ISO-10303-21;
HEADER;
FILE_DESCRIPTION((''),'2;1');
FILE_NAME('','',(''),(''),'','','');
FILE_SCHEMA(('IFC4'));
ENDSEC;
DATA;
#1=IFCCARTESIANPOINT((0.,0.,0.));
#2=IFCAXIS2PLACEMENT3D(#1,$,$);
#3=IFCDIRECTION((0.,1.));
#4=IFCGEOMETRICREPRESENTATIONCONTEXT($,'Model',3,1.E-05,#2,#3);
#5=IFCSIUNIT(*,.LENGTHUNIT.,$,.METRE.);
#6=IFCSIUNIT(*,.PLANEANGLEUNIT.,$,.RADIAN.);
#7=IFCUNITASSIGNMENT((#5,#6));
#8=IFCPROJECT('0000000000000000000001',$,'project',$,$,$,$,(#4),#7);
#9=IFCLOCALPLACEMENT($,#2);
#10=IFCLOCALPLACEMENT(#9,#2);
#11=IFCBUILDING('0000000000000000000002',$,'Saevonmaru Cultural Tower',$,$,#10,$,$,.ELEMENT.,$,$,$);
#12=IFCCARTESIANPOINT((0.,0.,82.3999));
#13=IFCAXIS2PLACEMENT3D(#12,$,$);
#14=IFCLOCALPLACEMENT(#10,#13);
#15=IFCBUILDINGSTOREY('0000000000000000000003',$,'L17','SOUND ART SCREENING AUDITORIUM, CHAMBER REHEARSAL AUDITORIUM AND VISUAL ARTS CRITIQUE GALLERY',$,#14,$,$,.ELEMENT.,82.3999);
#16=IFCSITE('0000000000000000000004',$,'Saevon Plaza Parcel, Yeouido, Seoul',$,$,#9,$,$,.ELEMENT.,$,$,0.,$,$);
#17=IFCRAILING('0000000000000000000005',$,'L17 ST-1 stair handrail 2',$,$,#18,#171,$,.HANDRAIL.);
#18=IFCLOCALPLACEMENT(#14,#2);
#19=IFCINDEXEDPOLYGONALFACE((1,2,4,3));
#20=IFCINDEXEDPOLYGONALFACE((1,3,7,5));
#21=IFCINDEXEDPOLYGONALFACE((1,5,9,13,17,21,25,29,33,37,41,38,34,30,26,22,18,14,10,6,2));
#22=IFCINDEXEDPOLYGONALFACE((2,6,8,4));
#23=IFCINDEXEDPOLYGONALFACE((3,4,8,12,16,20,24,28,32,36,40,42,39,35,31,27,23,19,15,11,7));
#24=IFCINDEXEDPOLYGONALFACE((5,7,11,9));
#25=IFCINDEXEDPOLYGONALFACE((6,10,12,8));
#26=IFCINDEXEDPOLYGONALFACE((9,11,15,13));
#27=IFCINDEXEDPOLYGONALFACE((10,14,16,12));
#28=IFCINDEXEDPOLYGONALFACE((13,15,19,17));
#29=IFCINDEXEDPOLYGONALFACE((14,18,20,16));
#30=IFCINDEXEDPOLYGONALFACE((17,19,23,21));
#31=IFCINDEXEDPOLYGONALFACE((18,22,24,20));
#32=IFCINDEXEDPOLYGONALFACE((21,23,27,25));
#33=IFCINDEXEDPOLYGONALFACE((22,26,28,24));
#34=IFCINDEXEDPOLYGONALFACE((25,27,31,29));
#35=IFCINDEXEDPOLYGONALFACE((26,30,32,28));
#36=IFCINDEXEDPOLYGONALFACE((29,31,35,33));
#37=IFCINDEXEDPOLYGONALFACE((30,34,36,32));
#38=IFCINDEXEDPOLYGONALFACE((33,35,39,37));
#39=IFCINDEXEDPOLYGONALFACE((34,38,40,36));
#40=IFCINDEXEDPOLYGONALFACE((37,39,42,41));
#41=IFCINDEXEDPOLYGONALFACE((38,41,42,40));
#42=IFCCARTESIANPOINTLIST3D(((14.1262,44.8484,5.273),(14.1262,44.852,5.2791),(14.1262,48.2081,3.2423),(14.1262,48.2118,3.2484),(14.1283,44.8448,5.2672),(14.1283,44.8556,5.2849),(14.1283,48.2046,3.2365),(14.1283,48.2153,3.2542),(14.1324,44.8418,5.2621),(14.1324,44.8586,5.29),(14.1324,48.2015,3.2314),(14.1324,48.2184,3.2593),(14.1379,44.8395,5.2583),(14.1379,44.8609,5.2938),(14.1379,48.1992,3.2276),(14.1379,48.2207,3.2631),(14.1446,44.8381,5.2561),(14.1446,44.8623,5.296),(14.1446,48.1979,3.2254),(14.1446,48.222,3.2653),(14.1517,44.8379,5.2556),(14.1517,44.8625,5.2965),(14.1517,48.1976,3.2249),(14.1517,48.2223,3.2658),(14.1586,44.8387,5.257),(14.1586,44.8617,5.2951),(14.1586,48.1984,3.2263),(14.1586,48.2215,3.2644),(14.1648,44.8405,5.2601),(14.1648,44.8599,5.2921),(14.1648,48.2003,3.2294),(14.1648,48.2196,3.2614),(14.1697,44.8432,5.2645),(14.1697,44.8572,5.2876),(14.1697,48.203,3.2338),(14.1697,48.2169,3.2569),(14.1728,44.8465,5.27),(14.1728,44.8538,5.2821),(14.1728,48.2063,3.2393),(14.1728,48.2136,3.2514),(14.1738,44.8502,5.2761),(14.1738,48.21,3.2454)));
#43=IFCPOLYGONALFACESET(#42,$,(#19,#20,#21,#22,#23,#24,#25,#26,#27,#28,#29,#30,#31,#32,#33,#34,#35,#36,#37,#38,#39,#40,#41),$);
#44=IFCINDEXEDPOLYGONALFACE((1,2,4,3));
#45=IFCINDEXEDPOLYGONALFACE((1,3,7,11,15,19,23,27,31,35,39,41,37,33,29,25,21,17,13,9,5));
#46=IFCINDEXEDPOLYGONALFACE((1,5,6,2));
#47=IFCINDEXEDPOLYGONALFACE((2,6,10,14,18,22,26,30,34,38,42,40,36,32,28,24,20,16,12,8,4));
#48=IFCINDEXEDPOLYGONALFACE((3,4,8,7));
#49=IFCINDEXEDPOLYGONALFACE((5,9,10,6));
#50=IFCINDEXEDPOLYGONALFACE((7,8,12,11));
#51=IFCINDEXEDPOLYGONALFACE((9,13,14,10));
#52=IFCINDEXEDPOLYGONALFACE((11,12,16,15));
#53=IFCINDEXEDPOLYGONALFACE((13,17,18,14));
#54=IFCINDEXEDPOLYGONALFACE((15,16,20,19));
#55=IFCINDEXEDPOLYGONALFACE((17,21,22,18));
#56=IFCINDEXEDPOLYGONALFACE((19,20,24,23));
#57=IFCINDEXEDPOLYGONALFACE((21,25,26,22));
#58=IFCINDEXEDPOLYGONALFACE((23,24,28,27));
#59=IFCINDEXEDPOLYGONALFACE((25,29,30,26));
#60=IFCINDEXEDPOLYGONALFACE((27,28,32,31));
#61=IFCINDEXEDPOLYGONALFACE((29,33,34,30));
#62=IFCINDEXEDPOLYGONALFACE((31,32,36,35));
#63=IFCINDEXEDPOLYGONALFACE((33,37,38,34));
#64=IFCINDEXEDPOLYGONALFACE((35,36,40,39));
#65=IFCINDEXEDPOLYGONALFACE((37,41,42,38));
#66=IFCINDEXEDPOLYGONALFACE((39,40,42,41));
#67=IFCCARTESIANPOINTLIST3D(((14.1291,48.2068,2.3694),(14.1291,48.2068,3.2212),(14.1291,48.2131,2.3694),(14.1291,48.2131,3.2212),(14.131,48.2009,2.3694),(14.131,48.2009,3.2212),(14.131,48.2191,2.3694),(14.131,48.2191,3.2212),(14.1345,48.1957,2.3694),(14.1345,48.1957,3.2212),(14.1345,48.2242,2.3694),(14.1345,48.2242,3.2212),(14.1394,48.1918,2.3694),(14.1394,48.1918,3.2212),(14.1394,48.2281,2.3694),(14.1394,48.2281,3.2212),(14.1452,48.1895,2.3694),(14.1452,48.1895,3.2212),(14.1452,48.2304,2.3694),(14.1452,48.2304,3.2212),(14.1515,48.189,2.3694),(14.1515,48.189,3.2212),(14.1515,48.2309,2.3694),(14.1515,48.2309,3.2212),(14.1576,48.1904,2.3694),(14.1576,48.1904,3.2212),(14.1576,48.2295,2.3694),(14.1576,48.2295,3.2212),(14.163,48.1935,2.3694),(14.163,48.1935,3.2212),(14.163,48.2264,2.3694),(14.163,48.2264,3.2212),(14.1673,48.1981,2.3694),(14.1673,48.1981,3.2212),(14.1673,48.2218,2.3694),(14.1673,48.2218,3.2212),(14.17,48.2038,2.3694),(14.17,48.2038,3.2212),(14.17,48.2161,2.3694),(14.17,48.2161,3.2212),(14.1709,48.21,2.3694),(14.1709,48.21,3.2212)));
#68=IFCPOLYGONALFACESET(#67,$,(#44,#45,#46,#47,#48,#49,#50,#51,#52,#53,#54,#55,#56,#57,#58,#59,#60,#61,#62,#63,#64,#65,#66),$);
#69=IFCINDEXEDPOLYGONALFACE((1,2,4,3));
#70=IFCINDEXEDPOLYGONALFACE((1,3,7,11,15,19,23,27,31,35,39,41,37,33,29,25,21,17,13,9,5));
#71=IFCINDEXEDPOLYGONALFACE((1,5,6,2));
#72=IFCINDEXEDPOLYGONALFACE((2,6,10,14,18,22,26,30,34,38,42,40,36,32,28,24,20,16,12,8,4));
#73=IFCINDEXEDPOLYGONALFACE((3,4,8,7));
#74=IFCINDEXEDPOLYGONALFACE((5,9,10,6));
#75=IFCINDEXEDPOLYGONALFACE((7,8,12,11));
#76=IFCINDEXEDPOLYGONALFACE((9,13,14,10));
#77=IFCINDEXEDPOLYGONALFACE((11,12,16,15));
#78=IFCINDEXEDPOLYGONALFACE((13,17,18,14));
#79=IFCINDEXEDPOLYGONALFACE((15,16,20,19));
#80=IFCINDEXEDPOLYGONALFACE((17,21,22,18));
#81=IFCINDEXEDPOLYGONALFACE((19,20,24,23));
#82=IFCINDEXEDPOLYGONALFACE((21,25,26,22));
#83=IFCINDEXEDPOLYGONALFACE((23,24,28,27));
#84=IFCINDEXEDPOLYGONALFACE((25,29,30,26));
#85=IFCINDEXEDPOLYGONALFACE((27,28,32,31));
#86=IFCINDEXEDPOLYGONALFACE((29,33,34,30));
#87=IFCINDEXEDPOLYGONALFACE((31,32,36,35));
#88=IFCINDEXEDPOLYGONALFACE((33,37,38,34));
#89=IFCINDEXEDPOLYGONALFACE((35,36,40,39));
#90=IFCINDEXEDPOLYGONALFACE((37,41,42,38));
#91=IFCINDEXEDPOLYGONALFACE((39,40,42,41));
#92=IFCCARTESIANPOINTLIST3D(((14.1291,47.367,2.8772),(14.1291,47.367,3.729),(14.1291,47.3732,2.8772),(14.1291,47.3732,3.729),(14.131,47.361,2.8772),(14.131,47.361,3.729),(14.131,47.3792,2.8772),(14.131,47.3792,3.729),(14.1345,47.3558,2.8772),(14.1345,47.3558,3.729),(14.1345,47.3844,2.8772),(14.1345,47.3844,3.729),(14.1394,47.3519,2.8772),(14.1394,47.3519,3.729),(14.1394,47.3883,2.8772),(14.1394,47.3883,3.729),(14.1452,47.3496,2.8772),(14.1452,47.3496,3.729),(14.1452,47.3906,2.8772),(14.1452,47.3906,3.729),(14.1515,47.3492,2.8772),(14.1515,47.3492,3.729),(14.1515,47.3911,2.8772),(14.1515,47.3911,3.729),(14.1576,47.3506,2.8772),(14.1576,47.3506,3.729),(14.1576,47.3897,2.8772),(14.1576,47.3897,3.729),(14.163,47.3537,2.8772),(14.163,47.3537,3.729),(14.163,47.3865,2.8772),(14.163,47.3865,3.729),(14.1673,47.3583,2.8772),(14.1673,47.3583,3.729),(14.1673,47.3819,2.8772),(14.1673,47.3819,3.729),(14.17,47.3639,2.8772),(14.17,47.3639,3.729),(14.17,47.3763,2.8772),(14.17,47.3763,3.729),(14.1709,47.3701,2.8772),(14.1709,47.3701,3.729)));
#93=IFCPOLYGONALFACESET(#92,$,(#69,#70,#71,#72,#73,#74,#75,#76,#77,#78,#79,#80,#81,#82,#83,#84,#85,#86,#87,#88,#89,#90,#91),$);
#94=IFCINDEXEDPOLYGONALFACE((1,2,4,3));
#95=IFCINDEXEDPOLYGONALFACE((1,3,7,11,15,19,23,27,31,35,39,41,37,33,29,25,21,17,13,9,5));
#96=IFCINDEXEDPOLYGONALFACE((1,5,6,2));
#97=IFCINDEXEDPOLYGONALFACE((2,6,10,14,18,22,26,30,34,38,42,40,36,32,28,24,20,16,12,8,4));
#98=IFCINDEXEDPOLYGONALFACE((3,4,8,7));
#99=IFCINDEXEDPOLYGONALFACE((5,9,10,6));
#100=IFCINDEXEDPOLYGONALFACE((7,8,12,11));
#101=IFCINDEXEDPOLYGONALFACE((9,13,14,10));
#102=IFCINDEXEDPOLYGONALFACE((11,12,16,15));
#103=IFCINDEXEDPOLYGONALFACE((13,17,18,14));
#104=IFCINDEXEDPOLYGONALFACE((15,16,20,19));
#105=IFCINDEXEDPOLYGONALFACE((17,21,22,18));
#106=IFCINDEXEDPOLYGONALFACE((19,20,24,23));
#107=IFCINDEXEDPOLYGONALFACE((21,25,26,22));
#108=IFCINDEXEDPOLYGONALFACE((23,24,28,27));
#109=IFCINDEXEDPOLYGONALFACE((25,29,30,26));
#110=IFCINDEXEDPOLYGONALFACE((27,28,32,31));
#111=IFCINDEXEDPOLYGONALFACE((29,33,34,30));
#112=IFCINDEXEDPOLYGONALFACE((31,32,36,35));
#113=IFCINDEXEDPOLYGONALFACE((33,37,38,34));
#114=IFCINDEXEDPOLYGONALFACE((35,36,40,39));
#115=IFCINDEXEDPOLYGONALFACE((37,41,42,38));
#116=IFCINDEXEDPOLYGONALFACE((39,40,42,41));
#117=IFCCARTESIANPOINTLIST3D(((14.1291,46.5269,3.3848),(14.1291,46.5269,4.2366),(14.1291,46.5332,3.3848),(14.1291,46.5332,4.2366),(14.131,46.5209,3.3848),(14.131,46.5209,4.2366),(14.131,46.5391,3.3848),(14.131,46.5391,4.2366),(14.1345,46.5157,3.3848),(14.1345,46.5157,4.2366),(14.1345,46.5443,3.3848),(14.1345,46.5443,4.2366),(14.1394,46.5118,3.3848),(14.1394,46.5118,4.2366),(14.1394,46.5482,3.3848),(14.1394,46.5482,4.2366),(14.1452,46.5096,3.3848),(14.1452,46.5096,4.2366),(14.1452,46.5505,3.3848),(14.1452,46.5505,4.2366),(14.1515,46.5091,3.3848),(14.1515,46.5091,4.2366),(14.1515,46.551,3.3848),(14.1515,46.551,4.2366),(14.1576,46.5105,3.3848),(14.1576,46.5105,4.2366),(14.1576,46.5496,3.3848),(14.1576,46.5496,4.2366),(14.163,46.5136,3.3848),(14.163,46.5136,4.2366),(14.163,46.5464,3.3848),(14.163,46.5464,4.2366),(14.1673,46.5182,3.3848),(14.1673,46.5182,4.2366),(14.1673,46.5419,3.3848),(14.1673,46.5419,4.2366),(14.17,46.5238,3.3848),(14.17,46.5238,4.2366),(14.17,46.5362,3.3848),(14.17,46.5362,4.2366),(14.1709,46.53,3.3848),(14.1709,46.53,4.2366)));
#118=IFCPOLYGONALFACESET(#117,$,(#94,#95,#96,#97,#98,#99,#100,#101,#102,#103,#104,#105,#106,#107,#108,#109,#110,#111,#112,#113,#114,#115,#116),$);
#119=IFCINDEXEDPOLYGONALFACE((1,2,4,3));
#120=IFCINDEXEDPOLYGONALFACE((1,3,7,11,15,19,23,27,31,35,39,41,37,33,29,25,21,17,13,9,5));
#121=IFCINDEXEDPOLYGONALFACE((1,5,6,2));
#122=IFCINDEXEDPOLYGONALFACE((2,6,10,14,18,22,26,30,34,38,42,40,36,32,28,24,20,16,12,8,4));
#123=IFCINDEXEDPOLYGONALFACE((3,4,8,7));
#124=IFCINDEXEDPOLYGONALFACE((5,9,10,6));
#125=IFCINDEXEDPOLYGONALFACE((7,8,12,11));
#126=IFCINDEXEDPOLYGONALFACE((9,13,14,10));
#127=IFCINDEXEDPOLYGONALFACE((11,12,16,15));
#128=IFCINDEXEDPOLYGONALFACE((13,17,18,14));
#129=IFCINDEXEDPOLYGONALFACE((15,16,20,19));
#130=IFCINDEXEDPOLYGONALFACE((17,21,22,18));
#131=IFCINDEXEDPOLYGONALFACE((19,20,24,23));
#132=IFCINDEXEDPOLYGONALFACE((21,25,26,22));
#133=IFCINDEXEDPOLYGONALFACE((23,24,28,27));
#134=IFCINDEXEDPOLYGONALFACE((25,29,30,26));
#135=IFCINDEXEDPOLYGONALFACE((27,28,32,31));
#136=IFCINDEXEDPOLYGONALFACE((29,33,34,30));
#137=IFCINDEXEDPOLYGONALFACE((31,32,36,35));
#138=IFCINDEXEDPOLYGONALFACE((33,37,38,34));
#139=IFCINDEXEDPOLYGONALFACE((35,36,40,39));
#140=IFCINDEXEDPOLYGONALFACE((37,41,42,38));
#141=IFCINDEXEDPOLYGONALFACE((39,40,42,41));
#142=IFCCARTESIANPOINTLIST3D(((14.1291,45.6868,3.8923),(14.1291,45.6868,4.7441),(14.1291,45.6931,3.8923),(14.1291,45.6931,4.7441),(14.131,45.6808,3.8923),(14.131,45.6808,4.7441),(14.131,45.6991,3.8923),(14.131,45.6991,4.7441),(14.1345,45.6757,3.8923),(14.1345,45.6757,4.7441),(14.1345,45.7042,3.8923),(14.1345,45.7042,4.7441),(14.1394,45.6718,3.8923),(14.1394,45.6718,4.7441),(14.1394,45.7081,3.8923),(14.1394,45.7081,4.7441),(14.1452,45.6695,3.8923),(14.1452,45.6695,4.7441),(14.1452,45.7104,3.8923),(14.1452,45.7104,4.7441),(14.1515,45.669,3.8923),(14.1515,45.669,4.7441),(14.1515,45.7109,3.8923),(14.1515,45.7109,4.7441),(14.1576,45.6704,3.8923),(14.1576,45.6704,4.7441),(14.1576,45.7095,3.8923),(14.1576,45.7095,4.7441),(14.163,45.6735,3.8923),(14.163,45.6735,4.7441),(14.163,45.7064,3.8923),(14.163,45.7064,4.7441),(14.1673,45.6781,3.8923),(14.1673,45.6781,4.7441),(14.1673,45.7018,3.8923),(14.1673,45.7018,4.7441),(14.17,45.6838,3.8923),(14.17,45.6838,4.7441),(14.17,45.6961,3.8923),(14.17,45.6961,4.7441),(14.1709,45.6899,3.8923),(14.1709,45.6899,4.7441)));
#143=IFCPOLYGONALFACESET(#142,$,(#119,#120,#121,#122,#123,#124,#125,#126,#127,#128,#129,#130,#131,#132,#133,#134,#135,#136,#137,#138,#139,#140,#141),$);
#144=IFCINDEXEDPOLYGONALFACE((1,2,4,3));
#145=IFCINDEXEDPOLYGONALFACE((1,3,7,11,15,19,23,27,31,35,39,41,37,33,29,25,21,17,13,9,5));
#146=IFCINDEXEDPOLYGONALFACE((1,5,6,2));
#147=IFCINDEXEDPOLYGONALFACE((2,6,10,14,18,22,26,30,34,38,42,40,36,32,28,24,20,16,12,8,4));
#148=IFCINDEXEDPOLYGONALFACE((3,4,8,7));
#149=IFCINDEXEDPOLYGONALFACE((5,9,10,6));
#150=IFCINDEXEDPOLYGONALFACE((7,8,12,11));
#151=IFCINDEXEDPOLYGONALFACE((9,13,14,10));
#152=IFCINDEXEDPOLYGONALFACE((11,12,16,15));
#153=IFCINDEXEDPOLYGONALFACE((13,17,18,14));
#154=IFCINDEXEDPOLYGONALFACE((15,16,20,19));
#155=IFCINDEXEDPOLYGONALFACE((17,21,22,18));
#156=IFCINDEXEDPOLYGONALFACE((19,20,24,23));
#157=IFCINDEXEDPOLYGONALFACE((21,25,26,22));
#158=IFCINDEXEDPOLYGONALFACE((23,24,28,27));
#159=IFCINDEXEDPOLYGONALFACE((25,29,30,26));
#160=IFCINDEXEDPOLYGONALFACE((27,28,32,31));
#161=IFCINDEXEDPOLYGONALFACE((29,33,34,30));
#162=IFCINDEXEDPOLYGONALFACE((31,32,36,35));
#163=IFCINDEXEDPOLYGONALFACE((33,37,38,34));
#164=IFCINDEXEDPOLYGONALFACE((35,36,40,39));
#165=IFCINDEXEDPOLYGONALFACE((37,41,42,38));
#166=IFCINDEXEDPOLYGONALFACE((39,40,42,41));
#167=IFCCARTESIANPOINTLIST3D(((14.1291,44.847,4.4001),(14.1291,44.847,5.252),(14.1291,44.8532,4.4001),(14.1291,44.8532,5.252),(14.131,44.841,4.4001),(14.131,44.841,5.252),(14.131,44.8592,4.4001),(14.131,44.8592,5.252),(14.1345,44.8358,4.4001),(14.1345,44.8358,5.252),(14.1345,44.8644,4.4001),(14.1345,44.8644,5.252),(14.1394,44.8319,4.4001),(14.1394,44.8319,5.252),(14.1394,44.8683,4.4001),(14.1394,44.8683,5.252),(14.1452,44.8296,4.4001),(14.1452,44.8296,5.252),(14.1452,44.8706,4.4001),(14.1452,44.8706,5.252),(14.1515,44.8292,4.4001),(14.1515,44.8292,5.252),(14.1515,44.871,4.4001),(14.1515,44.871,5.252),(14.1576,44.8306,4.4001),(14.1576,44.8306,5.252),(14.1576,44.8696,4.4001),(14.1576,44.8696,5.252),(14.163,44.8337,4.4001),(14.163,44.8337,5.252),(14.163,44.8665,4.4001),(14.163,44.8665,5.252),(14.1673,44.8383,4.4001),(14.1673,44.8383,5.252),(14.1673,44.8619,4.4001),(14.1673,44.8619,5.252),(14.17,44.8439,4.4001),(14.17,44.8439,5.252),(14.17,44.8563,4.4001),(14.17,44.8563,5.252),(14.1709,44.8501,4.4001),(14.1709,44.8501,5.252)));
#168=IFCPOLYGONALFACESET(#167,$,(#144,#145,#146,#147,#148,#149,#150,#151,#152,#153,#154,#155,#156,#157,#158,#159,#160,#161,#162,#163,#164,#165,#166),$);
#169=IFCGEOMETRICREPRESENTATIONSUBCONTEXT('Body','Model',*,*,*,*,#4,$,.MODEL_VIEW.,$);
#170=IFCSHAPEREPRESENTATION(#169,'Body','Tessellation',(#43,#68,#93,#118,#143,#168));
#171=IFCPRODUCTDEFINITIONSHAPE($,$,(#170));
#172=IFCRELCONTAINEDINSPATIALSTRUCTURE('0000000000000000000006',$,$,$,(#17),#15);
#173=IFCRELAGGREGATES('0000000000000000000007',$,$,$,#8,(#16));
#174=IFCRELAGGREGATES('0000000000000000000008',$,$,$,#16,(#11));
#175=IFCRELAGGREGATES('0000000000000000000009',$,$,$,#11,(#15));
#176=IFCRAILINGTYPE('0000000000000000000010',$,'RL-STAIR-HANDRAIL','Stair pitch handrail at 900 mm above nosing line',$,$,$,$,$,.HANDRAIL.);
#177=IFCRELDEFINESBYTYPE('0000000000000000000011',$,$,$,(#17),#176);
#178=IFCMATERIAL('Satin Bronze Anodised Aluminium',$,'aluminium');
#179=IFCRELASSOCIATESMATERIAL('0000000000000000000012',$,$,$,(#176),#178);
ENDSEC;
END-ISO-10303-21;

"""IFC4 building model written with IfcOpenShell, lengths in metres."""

from ifc_helpers import new_model, si_unit, direction, frame, origin, origin_2d, place, context, subcontext, project, spatial, circle, extrude, material, type_object, element, save


model = new_model("IFC4")

# Units and contexts
model_context = context("Model", 3, precision=1e-05, world=origin(), true_north=direction((0.0, 1.0)))
body_context = subcontext(model_context, "Body", "Model", "MODEL_VIEW")
ifc_project = project(units=[si_unit("LENGTHUNIT", "METRE"), si_unit("PLANEANGLEUNIT", "RADIAN")], contexts=[model_context])

# Site, building, storey
site_placement = place(None, origin())
site = spatial("IfcSite", under=ifc_project, at=site_placement, Name="Saevon Plaza Parcel, Yeouido, Seoul", CompositionType="ELEMENT", RefElevation=0.0)
building_placement = place(site_placement, origin())
building = spatial("IfcBuilding", under=site, at=building_placement, Name="Saevonmaru Cultural Tower", CompositionType="ELEMENT")
storey_placement = place(building_placement, frame((0.0, 0.0, 82.3999)))
storey = spatial("IfcBuildingStorey", under=building, at=storey_placement, Name="L17", Description="SOUND ART SCREENING AUDITORIUM, CHAMBER REHEARSAL AUDITORIUM AND VISUAL ARTS CRITIQUE GALLERY", CompositionType="ELEMENT", Elevation=82.3999)

# Shared definitions
ifc_material_1 = material(Name="Satin Bronze Anodised Aluminium", Category="aluminium")

# Railing
railing_type_1 = type_object("IfcRailingType", Name="RL-STAIR-HANDRAIL", Description="Stair pitch handrail at 900 mm above nosing line", PredefinedType="HANDRAIL", material=ifc_material_1)
railing_1_placement = place(storey_placement, frame((14.1499, 48.21, 2.3694)))
element("IfcRailing", 1, at=railing_1_placement, inside=storey, type_object=railing_type_1, Name="L17 ST-1 stair handrail 2", PredefinedType="HANDRAIL", context=body_context, shape_type="SweptSolid", body=[
    extrude(circle(Radius=0.0239, at=origin_2d()), frame((0.0, 0.0, 0.876), z_axis=(0.0, -0.85582, 0.517273), x_axis=(1.0, 0.0, 0.0)), (0.0, 0.0, 1.0), 3.9258),
    extrude(circle(Radius=0.021, at=origin_2d()), origin(), (0.0, 0.0, 1.0), 0.8518),
    extrude(circle(Radius=0.021, at=origin_2d()), frame((0.0, -0.8398, 0.5078)), (0.0, 0.0, 1.0), 0.8518),
    extrude(circle(Radius=0.021, at=origin_2d()), frame((0.0, -1.6799, 1.0154)), (0.0, 0.0, 1.0), 0.8518),
    extrude(circle(Radius=0.021, at=origin_2d()), frame((0.0, -2.52, 1.5229)), (0.0, 0.0, 1.0), 0.8518),
    extrude(circle(Radius=0.021, at=origin_2d()), frame((0.0, -3.3599, 2.0308)), (0.0, 0.0, 1.0), 0.8518),
])

save(model, "model.ifc")
